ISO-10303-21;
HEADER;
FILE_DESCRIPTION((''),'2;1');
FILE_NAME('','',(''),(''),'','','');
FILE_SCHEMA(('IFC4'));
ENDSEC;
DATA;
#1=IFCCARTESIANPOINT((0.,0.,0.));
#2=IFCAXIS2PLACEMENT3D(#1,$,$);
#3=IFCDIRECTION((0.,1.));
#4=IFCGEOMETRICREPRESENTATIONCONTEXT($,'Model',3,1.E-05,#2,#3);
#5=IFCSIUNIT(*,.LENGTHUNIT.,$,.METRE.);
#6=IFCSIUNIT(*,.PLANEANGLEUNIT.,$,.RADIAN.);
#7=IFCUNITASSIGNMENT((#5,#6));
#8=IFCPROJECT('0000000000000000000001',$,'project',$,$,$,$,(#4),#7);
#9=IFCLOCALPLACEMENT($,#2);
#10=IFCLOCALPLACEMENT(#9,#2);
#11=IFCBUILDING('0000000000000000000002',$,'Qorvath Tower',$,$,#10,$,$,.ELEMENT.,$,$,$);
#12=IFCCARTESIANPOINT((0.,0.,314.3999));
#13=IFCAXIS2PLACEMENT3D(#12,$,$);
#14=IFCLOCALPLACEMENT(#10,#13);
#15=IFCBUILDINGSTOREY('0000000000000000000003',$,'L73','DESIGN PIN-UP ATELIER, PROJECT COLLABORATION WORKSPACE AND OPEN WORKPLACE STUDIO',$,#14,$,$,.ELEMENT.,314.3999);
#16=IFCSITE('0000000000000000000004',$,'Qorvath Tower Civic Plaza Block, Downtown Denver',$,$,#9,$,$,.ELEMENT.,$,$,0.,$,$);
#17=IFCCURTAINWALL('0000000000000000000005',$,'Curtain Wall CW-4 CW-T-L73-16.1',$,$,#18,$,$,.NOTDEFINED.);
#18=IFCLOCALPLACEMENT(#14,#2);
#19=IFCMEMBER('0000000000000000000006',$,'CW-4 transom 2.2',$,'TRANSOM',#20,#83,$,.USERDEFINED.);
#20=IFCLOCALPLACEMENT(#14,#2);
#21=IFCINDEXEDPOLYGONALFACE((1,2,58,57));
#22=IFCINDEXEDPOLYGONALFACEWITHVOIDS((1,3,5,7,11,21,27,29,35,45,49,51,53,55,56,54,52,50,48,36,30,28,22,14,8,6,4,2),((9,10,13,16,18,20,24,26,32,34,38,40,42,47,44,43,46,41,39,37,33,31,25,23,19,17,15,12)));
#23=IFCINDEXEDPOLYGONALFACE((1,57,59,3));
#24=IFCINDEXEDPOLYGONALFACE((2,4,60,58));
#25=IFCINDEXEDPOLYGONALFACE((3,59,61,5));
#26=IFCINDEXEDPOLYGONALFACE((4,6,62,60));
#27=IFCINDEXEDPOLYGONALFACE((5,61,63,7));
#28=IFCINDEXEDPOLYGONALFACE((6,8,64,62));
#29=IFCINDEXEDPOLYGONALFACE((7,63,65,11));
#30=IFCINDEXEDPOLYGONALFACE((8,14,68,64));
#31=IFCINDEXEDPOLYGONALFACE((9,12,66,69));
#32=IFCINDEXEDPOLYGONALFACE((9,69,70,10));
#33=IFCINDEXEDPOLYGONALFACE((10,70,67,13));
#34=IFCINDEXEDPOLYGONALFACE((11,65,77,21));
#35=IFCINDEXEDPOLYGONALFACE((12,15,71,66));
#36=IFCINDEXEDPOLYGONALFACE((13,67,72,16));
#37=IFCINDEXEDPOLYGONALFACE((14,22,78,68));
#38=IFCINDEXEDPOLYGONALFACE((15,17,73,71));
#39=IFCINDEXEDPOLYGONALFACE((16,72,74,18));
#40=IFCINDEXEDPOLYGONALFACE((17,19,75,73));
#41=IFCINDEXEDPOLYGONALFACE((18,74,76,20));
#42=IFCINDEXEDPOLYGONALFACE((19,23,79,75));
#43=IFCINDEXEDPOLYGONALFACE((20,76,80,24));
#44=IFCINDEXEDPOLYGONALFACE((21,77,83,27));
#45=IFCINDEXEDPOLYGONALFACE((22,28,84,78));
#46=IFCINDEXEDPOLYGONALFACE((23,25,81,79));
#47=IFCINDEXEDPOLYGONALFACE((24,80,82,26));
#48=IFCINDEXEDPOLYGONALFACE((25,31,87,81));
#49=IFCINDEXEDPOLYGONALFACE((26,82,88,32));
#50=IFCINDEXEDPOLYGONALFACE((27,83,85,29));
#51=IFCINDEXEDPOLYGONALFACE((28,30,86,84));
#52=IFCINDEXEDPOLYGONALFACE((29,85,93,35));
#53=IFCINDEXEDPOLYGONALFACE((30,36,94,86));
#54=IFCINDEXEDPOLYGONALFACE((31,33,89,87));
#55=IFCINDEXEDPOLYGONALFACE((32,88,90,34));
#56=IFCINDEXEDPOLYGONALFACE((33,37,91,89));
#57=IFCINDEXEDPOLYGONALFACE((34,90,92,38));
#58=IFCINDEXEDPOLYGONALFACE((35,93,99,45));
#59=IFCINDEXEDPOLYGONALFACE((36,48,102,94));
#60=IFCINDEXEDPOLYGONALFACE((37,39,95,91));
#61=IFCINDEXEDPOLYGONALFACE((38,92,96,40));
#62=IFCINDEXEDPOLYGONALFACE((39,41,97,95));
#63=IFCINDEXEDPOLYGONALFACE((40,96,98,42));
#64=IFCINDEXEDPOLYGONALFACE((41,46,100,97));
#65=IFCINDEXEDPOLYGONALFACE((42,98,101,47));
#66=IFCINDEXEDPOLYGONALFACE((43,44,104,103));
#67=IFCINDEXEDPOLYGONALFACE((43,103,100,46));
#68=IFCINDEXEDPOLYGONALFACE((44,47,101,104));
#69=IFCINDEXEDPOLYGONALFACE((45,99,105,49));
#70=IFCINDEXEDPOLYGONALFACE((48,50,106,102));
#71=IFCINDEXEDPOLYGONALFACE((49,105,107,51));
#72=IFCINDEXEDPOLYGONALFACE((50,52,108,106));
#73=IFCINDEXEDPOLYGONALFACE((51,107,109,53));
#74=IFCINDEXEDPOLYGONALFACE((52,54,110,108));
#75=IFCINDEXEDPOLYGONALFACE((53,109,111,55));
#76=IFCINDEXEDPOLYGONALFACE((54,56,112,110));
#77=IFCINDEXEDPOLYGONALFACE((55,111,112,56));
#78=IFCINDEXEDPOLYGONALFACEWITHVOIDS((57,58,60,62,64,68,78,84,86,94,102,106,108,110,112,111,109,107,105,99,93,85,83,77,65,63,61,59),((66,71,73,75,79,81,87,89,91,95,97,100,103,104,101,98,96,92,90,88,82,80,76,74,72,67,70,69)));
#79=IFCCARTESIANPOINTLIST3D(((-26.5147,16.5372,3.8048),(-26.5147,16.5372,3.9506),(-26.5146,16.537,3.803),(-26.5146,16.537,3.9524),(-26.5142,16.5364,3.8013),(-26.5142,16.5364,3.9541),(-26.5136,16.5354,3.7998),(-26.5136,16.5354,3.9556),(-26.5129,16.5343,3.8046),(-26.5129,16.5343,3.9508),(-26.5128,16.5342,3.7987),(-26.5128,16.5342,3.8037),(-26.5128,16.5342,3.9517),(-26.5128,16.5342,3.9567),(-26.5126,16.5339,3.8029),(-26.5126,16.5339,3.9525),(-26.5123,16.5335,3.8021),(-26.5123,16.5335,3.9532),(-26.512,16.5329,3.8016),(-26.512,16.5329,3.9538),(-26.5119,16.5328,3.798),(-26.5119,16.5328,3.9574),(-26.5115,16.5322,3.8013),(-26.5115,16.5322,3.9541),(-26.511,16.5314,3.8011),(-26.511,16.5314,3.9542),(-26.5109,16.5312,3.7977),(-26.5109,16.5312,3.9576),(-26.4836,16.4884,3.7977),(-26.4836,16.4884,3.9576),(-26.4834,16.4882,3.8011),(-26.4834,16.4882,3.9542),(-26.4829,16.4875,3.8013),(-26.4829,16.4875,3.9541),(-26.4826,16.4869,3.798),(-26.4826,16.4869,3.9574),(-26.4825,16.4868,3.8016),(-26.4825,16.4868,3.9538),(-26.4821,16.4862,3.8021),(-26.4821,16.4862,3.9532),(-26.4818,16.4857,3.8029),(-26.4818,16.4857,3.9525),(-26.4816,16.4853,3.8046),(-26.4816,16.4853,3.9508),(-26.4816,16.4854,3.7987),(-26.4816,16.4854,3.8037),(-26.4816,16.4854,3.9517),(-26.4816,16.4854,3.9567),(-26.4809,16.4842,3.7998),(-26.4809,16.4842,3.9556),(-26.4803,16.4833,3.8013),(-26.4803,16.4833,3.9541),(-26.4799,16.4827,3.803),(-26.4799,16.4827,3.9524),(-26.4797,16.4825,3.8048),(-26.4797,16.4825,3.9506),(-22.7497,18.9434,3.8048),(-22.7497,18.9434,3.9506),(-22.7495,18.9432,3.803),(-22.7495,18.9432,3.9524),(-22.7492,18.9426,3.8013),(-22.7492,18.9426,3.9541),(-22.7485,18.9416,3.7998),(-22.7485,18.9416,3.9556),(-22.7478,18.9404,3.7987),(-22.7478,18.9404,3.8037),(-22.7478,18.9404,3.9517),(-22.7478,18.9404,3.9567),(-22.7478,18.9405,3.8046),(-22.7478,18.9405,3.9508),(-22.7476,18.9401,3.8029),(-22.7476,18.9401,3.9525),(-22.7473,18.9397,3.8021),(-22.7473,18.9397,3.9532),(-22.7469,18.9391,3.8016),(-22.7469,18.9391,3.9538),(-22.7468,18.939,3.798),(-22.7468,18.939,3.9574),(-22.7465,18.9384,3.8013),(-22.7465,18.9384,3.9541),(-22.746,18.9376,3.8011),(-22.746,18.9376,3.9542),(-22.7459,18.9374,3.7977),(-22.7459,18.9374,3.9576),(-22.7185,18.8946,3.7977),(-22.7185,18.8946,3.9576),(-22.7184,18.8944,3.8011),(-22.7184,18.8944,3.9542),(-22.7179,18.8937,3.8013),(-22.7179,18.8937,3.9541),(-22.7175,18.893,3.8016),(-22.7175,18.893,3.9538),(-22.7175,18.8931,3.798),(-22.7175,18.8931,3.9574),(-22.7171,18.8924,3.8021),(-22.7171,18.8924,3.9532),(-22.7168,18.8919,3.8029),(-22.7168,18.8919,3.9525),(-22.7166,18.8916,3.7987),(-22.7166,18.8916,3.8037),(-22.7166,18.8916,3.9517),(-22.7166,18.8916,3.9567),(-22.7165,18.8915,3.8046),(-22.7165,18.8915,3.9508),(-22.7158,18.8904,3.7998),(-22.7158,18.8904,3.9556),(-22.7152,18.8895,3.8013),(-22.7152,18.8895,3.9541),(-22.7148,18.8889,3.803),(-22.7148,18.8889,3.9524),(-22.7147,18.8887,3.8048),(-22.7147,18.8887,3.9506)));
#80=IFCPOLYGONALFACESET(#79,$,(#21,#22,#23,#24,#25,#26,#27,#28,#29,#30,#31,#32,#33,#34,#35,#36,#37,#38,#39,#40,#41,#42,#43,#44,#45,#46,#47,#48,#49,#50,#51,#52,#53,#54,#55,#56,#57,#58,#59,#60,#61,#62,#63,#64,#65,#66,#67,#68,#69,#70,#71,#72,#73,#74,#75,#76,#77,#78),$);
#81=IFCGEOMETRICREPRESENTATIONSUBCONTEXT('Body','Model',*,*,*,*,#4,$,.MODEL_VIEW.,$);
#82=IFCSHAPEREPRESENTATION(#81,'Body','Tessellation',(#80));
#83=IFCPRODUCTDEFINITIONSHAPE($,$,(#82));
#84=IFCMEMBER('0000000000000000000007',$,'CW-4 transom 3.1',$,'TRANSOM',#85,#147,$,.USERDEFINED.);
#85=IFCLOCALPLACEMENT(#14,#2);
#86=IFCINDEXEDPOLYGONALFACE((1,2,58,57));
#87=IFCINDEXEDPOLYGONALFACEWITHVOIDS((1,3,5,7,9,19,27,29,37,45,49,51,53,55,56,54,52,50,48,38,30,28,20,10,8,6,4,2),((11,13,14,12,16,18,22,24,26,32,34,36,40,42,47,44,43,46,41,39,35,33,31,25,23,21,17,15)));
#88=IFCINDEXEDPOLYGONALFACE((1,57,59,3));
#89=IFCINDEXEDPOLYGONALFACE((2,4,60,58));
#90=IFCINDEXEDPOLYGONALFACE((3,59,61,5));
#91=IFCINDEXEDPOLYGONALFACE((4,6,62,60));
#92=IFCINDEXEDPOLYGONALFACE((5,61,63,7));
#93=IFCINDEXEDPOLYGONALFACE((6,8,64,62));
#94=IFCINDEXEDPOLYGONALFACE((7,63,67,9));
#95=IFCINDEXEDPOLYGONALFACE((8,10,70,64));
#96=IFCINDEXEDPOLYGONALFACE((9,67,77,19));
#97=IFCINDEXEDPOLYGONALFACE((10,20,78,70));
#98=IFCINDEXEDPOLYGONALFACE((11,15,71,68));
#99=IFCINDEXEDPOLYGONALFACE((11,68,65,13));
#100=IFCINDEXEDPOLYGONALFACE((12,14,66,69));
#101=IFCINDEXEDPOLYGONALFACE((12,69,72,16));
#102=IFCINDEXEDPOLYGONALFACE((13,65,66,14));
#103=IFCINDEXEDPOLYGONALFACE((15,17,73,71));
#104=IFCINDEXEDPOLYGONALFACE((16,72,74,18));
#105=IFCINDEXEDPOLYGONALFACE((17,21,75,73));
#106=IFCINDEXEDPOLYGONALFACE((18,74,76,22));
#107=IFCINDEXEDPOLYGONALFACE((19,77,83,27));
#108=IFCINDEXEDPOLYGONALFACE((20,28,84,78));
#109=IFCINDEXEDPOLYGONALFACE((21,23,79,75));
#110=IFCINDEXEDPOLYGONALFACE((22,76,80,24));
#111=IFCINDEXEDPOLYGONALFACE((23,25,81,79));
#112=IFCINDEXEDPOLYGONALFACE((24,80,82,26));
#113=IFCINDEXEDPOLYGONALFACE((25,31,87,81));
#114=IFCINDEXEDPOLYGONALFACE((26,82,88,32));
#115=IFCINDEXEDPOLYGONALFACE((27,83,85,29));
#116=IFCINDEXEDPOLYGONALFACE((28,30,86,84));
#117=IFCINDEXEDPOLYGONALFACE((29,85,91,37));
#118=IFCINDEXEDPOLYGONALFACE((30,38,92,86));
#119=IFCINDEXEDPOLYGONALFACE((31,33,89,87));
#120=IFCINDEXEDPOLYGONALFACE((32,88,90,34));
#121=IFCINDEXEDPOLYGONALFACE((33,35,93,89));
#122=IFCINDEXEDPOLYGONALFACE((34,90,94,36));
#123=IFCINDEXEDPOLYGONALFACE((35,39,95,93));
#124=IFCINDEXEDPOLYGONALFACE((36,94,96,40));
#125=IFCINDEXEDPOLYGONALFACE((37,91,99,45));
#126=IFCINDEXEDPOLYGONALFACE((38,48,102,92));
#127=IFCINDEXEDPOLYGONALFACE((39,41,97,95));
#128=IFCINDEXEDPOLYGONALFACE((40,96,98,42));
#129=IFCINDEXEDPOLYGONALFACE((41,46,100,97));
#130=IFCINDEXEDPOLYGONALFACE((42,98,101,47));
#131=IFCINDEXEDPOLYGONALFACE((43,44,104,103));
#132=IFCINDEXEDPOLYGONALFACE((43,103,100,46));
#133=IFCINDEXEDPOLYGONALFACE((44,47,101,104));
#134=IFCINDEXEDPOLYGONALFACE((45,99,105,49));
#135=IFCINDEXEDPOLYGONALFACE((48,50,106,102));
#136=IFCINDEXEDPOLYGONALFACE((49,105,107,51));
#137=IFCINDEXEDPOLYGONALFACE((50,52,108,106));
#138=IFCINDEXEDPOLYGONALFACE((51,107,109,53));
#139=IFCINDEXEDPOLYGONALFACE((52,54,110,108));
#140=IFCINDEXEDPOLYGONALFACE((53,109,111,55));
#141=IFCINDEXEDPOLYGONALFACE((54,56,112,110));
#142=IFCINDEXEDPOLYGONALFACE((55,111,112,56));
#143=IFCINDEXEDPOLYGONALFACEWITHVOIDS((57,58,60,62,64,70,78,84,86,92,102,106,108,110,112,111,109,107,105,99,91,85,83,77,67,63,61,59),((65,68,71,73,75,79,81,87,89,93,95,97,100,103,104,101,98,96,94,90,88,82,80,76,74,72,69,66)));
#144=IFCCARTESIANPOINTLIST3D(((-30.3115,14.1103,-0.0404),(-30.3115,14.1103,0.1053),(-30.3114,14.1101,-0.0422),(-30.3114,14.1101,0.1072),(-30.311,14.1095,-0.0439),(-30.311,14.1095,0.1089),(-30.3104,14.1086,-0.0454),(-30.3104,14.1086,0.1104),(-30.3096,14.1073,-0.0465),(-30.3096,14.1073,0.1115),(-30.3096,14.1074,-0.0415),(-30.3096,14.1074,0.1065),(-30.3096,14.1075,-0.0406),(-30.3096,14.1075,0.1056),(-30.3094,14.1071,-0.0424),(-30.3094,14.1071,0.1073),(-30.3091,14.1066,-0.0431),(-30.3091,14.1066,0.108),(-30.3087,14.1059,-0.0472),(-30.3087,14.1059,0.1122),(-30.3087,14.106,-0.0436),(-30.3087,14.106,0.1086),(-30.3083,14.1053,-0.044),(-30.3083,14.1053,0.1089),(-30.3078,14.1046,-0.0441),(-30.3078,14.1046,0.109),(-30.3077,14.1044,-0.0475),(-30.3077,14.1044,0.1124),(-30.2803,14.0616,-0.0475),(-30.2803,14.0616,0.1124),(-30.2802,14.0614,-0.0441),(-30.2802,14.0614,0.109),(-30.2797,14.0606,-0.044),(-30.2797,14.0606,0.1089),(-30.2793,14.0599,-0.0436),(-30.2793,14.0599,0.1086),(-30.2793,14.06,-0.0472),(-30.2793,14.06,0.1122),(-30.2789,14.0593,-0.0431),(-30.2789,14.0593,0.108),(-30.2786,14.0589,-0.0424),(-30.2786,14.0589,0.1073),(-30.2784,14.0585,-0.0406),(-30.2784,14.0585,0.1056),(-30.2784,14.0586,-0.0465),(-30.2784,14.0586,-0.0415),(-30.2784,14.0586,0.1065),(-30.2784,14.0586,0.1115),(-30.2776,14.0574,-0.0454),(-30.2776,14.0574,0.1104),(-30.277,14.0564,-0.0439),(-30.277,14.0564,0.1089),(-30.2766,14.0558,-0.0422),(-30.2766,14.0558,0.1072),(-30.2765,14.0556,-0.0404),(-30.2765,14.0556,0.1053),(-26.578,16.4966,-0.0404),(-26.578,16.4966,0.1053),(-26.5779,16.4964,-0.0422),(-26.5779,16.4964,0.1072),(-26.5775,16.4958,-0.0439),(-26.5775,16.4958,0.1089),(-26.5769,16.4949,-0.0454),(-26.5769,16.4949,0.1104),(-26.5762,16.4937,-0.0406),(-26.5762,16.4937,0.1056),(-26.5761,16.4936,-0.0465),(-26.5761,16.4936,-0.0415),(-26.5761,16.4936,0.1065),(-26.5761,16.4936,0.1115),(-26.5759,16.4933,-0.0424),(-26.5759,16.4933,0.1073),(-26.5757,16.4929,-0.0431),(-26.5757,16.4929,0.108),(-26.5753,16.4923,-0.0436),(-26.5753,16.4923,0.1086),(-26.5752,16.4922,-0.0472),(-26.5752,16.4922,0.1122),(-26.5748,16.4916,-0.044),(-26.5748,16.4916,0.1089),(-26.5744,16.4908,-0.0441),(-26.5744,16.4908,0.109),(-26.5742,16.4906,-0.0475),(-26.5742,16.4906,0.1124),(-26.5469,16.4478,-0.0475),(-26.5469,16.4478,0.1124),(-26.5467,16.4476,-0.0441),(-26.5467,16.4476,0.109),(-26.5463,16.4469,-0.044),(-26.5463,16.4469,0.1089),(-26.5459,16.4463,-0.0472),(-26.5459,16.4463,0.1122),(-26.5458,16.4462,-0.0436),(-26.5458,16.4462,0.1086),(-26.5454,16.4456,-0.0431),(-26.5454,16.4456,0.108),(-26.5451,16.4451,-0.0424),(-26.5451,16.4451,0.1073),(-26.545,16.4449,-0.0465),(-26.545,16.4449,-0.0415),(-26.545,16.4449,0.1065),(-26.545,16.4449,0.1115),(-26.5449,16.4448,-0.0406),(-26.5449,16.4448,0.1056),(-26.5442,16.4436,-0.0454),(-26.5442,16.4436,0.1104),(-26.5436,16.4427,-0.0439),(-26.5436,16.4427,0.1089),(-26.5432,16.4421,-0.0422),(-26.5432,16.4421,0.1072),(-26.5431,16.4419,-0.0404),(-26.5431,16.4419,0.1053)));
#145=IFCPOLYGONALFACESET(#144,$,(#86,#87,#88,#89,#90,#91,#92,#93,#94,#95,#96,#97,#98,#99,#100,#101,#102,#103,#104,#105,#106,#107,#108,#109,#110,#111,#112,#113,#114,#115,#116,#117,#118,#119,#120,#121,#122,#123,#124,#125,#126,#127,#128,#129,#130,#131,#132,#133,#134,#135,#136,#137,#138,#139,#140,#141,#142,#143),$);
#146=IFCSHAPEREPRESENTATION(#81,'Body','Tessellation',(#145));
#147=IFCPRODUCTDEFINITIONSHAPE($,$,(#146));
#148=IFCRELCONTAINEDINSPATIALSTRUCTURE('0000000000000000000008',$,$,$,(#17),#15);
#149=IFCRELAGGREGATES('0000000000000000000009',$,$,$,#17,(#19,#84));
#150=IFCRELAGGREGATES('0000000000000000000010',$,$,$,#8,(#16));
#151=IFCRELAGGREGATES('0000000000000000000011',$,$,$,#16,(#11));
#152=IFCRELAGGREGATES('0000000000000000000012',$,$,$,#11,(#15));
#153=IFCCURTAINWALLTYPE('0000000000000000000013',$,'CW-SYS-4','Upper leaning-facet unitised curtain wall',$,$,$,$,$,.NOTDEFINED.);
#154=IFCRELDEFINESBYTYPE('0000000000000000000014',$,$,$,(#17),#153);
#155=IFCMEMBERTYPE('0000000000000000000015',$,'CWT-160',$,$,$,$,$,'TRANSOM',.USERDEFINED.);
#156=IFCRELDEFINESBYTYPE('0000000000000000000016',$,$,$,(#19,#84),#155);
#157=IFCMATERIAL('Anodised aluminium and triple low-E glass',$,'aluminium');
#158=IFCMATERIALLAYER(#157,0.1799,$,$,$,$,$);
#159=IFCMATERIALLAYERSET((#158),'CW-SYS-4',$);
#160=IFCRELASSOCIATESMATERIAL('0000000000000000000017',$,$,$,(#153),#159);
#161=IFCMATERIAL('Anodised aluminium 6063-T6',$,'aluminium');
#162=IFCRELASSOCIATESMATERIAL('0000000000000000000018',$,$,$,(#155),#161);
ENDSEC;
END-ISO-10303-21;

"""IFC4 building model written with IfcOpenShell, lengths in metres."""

from ifc_helpers import new_model, si_unit, direction, frame, origin, origin_2d, place, context, subcontext, project, spatial, hollow_rectangle, extrude, material, layer, layer_set, material_profile, profile_set, type_object, element, aggregate, save


model = new_model("IFC4")

# Units and contexts
model_context = context("Model", 3, precision=1e-05, world=origin(), true_north=direction((0.0, 1.0)))
body_context = subcontext(model_context, "Body", "Model", "MODEL_VIEW")
ifc_project = project(units=[si_unit("LENGTHUNIT", "METRE"), si_unit("PLANEANGLEUNIT", "RADIAN")], contexts=[model_context])

# Site, building, storey
site_placement = place(None, origin())
site = spatial("IfcSite", under=ifc_project, at=site_placement, Name="Qorvath Tower Civic Plaza Block, Downtown Denver", CompositionType="ELEMENT", RefElevation=0.0)
building_placement = place(site_placement, origin())
building = spatial("IfcBuilding", under=site, at=building_placement, Name="Qorvath Tower", CompositionType="ELEMENT")
storey_placement = place(building_placement, frame((0.0, 0.0, 314.3999)))
storey = spatial("IfcBuildingStorey", under=building, at=storey_placement, Name="L73", Description="DESIGN PIN-UP ATELIER, PROJECT COLLABORATION WORKSPACE AND OPEN WORKPLACE STUDIO", CompositionType="ELEMENT", Elevation=314.3999)

# Curtain wall, members
ifc_material_1 = material(Name="Anodised aluminium and triple low-E glass", Category="aluminium")
ifc_layer_1 = layer(ifc_material_1, 0.1799)
ifc_layer_set_1 = layer_set([ifc_layer_1], Name="CW-SYS-4")
curtain_wall_type = type_object("IfcCurtainWallType", Name="CW-SYS-4", Description="Upper leaning-facet unitised curtain wall", PredefinedType="NOTDEFINED", material=ifc_layer_set_1)
curtain_wall_placement = place(storey_placement, origin())
curtain_wall = element("IfcCurtainWall", 1, at=curtain_wall_placement, inside=storey, type_object=curtain_wall_type, Name="Curtain Wall CW-4 CW-T-L73-16.1", PredefinedType="NOTDEFINED")
ifc_material_2 = material(Name="Anodised aluminium 6063-T6", Category="aluminium")
ifc_material_profile_1 = material_profile(ifc_material_2, hollow_rectangle(XDim=0.0649, YDim=0.1599, WallThickness=0.0034, InnerFilletRadius=0.0034, OuterFilletRadius=0.0071, at=origin_2d()), Name="CWT 160x65")
ifc_profile_set_1 = profile_set([ifc_material_profile_1], Name="Anodised aluminium 6063-T6")
member_type_1 = type_object("IfcMemberType", Name="CWT-160", ElementType="TRANSOM", PredefinedType="USERDEFINED", material=ifc_profile_set_1)
member_1_placement = place(storey_placement, frame((-22.7322, 18.916, 3.8777), z_axis=(-0.842621, -0.538508, 0.0), x_axis=(0.538508, -0.842621, 0.0)))
member_1 = element("IfcMember", 2, at=member_1_placement, type_object=member_type_1, Name="CW-4 transom 2.2", ObjectType="TRANSOM", PredefinedType="USERDEFINED", context=body_context, shape_type="SweptSolid", body=[
    extrude(hollow_rectangle(XDim=0.0649, YDim=0.1599, WallThickness=0.0034, InnerFilletRadius=0.0034, OuterFilletRadius=0.0071, at=origin_2d()), origin(), (0.0, 0.0, 1.0), 4.4683),
])
member_2_placement = place(storey_placement, frame((-26.5605, 16.4692, 0.0325), z_axis=(-0.842593, -0.53855, 0.0), x_axis=(0.53855, -0.842593, 0.0)))
member_2 = element("IfcMember", 3, at=member_2_placement, type_object=member_type_1, Name="CW-4 transom 3.1", ObjectType="TRANSOM", PredefinedType="USERDEFINED", context=body_context, shape_type="SweptSolid", body=[
    extrude(hollow_rectangle(XDim=0.0649, YDim=0.1599, WallThickness=0.0034, InnerFilletRadius=0.0034, OuterFilletRadius=0.0071, at=origin_2d()), origin(), (0.0, 0.0, 1.0), 4.4309),
])
aggregate(curtain_wall, [member_1, member_2])

save(model, "model.ifc")
